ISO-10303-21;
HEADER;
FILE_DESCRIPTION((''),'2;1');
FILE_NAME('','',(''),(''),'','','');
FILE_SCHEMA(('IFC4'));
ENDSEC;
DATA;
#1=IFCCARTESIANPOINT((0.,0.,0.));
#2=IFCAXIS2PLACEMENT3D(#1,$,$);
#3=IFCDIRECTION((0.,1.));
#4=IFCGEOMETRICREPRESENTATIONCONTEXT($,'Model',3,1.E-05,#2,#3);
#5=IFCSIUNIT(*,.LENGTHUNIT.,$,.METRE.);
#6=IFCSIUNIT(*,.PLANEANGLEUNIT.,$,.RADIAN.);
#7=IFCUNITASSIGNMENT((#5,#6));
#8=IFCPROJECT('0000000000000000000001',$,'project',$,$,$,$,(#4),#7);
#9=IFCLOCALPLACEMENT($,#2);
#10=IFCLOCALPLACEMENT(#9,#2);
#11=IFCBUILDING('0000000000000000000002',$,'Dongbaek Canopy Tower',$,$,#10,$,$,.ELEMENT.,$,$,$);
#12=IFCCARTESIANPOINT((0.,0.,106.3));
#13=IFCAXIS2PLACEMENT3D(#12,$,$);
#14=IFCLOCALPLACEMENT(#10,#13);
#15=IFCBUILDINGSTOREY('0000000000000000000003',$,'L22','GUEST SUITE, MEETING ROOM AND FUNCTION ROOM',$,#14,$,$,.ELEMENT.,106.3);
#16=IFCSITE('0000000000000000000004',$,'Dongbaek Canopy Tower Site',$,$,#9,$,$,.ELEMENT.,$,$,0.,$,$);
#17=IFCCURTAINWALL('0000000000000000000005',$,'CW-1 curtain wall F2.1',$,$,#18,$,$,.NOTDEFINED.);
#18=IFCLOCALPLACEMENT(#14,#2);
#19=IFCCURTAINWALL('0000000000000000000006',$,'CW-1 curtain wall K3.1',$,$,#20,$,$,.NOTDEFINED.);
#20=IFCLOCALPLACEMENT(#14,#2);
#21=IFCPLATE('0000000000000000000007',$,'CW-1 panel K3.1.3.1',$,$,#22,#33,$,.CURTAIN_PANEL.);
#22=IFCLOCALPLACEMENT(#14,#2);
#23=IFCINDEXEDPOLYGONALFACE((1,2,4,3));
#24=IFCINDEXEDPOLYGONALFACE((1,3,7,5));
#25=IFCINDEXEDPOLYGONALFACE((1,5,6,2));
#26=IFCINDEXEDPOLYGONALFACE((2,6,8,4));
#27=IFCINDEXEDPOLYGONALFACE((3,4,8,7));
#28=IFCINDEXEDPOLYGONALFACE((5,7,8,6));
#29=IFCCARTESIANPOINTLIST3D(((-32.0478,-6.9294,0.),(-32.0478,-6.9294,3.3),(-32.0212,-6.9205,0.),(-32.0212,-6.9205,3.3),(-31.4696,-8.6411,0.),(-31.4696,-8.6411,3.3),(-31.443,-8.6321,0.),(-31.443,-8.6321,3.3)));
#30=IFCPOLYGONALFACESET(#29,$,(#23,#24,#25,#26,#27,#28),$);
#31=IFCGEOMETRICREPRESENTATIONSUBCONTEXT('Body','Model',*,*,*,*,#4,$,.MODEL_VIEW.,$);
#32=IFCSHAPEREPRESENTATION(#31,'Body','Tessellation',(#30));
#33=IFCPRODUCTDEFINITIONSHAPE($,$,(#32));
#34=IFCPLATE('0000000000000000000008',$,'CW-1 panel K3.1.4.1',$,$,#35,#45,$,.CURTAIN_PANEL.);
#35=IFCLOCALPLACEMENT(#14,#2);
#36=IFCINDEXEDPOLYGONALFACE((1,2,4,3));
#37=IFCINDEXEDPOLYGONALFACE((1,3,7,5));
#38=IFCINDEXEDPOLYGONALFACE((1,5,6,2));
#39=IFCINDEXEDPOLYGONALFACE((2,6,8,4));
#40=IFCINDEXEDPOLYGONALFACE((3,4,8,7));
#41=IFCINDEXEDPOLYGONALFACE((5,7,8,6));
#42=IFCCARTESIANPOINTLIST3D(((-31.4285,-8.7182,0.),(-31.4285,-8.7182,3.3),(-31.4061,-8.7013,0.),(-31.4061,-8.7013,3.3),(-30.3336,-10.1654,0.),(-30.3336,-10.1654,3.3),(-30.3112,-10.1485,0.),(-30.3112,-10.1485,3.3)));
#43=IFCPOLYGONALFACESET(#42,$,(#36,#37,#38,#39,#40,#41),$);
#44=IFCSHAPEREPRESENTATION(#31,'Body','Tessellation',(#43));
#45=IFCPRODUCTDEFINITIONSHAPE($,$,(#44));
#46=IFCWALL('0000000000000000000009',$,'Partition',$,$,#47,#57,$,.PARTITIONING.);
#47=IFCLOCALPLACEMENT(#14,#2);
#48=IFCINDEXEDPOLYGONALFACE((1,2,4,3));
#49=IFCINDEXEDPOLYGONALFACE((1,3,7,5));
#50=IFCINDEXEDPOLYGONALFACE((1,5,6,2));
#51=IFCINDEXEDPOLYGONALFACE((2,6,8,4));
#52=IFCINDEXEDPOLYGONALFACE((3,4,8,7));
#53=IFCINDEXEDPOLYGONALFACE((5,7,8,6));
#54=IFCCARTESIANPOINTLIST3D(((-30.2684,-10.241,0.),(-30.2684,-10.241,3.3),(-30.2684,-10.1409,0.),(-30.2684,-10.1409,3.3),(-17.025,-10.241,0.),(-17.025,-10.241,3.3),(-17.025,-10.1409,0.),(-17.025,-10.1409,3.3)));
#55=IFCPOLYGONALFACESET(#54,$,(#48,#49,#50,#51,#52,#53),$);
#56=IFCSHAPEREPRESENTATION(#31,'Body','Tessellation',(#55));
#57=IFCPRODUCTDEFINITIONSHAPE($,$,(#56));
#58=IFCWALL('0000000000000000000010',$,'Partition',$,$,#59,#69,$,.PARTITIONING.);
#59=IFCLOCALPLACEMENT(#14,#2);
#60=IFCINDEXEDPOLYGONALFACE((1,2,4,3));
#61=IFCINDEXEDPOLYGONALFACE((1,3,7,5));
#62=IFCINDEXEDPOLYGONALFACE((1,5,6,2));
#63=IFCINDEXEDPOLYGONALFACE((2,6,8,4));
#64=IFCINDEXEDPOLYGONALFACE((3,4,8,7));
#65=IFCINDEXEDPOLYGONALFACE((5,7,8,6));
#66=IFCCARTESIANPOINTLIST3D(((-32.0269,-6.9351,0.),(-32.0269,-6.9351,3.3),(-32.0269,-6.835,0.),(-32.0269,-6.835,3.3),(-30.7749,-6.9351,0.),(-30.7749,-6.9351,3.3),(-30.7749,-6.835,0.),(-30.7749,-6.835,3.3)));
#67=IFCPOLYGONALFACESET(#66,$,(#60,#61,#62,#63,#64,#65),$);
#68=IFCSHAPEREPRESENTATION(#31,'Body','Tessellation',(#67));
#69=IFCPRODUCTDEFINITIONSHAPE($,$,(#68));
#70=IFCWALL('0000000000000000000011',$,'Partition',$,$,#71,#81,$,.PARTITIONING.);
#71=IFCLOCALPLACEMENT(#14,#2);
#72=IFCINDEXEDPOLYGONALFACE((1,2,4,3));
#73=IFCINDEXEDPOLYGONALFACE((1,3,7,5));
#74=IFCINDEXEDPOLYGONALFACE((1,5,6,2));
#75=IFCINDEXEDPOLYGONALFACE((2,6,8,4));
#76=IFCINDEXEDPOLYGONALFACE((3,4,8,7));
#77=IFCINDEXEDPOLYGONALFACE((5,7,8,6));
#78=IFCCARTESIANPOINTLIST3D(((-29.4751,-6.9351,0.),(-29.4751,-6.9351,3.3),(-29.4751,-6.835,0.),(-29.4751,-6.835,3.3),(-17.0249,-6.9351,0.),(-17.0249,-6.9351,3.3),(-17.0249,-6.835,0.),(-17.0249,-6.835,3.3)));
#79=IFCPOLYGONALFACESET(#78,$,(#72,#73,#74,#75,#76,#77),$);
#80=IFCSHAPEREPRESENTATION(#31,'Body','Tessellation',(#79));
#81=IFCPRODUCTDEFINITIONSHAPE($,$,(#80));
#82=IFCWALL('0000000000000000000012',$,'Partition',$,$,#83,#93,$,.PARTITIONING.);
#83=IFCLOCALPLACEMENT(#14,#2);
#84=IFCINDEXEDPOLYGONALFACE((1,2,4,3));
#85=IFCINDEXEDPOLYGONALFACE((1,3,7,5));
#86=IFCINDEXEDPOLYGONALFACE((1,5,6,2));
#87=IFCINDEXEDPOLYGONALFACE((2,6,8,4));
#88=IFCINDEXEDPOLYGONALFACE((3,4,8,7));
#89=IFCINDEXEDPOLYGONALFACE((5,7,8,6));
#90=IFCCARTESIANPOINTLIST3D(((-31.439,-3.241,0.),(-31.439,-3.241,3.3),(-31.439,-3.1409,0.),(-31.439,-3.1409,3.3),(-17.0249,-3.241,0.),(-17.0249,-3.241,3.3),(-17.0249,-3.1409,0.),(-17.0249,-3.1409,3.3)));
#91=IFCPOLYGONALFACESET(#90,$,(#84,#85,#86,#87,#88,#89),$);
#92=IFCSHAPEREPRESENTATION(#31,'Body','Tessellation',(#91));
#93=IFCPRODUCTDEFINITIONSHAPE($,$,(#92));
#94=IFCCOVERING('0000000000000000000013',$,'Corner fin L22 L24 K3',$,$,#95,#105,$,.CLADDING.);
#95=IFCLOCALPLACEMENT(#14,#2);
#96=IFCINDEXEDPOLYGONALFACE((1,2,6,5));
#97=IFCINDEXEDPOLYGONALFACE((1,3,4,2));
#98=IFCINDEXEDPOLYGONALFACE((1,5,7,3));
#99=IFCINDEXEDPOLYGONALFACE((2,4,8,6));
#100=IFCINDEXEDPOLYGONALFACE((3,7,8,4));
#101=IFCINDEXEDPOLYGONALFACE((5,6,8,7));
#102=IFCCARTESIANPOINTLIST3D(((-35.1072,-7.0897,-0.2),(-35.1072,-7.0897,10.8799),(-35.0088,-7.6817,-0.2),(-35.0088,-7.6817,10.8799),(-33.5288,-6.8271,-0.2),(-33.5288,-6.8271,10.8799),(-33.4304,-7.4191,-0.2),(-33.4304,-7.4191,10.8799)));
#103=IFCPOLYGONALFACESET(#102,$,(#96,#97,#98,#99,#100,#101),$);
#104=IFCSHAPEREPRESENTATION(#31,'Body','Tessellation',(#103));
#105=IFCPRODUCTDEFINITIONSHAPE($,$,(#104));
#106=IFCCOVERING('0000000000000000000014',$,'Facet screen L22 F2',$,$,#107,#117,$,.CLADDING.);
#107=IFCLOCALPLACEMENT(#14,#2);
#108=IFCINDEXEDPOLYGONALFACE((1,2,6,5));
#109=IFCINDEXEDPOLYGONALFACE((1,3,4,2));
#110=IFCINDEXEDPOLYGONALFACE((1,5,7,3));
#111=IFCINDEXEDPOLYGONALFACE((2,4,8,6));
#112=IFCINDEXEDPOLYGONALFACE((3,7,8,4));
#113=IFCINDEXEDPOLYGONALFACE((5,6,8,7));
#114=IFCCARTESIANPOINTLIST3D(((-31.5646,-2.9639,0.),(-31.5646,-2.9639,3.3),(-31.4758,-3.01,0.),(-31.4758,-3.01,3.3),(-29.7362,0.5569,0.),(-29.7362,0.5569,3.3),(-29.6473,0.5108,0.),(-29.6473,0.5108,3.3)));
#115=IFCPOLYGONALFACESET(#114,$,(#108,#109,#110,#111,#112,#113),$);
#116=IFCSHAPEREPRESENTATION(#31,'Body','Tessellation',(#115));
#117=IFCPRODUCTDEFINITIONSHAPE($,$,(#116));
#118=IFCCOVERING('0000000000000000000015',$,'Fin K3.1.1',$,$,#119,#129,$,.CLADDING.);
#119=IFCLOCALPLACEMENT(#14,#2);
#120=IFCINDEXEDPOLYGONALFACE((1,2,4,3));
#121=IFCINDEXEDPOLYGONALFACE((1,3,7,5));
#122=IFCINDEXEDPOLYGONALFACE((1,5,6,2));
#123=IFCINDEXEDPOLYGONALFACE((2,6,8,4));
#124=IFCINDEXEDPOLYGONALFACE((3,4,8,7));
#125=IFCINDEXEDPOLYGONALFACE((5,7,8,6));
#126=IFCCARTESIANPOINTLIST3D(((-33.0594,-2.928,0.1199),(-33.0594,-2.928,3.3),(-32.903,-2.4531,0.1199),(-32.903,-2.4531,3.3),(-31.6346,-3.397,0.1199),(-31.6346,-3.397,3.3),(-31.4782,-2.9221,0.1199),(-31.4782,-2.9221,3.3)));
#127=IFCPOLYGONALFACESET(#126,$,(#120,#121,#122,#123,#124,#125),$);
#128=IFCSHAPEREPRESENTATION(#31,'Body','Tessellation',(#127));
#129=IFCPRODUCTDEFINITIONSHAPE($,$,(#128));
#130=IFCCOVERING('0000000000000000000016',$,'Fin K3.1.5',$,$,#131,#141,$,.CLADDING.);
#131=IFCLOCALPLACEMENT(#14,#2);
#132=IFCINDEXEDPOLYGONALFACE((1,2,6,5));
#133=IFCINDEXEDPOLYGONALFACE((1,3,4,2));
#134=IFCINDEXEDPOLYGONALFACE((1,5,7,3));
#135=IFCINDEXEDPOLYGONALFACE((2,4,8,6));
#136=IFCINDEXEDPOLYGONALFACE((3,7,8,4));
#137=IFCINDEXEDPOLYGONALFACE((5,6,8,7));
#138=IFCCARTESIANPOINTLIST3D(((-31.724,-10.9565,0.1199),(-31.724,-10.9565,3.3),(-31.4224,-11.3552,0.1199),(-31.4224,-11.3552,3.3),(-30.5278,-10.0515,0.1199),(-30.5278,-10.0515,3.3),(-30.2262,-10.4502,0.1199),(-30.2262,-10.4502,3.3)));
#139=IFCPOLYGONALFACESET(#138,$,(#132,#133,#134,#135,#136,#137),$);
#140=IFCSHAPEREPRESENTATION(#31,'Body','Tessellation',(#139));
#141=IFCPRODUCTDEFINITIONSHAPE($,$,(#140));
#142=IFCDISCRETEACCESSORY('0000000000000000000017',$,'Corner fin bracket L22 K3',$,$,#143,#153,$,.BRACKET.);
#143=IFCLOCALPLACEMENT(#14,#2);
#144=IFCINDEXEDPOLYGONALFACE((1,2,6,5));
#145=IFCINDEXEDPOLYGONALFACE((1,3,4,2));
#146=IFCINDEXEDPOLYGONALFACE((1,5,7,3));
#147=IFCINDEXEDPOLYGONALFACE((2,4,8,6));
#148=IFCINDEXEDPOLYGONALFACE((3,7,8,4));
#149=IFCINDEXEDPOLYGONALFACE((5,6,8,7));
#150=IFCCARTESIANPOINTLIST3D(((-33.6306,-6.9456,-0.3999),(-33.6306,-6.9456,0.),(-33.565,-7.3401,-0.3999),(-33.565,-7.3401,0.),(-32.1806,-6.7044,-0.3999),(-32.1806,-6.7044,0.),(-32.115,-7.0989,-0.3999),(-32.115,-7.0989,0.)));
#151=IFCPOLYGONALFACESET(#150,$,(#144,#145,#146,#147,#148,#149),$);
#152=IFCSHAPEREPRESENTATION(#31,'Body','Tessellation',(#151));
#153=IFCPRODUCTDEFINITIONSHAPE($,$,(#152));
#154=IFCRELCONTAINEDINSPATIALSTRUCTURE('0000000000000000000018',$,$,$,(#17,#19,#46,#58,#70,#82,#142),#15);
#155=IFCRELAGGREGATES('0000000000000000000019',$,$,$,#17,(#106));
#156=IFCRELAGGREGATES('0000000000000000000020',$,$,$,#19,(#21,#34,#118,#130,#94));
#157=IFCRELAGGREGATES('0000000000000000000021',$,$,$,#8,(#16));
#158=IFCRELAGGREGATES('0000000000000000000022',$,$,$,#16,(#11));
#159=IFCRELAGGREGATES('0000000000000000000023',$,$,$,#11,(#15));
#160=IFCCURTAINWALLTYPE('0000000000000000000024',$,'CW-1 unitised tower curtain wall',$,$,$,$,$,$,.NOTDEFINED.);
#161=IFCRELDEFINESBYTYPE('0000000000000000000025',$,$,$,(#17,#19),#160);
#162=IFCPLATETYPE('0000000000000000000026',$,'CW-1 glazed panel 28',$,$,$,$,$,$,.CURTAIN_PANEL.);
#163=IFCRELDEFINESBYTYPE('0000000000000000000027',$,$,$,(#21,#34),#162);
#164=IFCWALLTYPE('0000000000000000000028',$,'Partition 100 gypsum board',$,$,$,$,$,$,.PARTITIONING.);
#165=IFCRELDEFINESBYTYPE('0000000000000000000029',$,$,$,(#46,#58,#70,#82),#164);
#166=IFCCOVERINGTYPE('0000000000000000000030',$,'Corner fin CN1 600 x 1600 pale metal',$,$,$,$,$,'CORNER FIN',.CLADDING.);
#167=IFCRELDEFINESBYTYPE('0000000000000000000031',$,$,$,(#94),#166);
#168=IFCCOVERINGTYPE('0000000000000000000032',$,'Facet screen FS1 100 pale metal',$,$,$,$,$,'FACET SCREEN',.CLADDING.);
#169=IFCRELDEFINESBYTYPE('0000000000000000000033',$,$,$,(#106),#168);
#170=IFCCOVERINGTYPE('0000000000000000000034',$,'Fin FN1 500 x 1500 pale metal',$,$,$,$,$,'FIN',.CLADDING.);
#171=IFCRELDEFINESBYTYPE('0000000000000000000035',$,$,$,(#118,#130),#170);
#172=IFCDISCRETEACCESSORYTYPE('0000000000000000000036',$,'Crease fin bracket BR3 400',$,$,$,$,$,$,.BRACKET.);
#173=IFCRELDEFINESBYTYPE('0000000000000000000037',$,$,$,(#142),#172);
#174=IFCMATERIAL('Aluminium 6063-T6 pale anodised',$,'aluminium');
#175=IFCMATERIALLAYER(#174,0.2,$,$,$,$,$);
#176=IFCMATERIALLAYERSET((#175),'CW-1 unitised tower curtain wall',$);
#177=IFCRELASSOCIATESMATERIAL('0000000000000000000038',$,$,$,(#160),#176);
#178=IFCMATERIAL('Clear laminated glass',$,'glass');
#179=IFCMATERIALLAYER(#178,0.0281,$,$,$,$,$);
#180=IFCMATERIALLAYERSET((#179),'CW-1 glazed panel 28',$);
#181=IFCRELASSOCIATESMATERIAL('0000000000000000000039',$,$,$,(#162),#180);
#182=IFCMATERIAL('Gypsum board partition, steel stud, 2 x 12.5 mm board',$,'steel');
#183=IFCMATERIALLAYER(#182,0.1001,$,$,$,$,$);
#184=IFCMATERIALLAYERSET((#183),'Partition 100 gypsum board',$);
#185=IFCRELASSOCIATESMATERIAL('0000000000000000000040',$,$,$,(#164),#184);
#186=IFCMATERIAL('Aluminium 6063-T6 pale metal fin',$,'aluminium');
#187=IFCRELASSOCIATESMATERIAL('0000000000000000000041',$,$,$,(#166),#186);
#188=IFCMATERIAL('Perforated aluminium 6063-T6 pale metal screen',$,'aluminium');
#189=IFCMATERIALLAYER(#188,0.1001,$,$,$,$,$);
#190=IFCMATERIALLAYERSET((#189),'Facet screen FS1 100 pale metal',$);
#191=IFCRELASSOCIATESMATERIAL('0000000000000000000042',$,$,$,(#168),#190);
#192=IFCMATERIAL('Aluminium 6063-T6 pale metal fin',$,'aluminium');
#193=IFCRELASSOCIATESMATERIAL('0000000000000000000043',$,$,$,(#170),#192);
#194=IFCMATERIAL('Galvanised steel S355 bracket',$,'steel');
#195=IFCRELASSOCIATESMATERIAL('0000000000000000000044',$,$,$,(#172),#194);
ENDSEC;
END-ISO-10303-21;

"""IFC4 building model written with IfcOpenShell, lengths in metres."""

from ifc_helpers import new_model, si_unit, direction, frame, frame_2d, origin, origin_2d, place, context, subcontext, project, spatial, rectangle, extrude, material, layer, layer_set, material_profile, profile_set, type_object, element, aggregate, save


model = new_model("IFC4")

# Units and contexts
model_context = context("Model", 3, precision=1e-05, world=origin(), true_north=direction((0.0, 1.0)))
body_context = subcontext(model_context, "Body", "Model", "MODEL_VIEW")
ifc_project = project(units=[si_unit("LENGTHUNIT", "METRE"), si_unit("PLANEANGLEUNIT", "RADIAN")], contexts=[model_context])

# Site, building, storey
site_placement = place(None, origin())
site = spatial("IfcSite", under=ifc_project, at=site_placement, Name="Dongbaek Canopy Tower Site", CompositionType="ELEMENT", RefElevation=0.0)
building_placement = place(site_placement, origin())
building = spatial("IfcBuilding", under=site, at=building_placement, Name="Dongbaek Canopy Tower", CompositionType="ELEMENT")
storey_placement = place(building_placement, frame((0.0, 0.0, 106.3)))
storey = spatial("IfcBuildingStorey", under=building, at=storey_placement, Name="L22", Description="GUEST SUITE, MEETING ROOM AND FUNCTION ROOM", CompositionType="ELEMENT", Elevation=106.3)

# Curtain wall
ifc_material_1 = material(Name="Aluminium 6063-T6 pale anodised", Category="aluminium")
ifc_layer_1 = layer(ifc_material_1, 0.2)
ifc_layer_set_1 = layer_set([ifc_layer_1], Name="CW-1 unitised tower curtain wall")
curtain_wall_type = type_object("IfcCurtainWallType", Name="CW-1 unitised tower curtain wall", PredefinedType="NOTDEFINED", material=ifc_layer_set_1)
curtain_wall_1_placement = place(storey_placement, origin())
curtain_wall_1 = element("IfcCurtainWall", 1, at=curtain_wall_1_placement, inside=storey, type_object=curtain_wall_type, Name="CW-1 curtain wall F2.1", PredefinedType="NOTDEFINED")

# Curtain wall
curtain_wall_2_placement = place(storey_placement, origin())
curtain_wall_2 = element("IfcCurtainWall", 2, at=curtain_wall_2_placement, inside=storey, type_object=curtain_wall_type, Name="CW-1 curtain wall K3.1", PredefinedType="NOTDEFINED")

# Plates
ifc_material_2 = material(Name="Clear laminated glass", Category="glass")
ifc_layer_2 = layer(ifc_material_2, 0.0281)
ifc_layer_set_2 = layer_set([ifc_layer_2], Name="CW-1 glazed panel 28")
plate_type = type_object("IfcPlateType", Name="CW-1 glazed panel 28", PredefinedType="CURTAIN_PANEL", material=ifc_layer_set_2)
plate_1_placement = place(storey_placement, frame((-31.7454, -7.7808, 0.0), z_axis=(0.0, 0.0, 1.0), x_axis=(0.320048, -0.947401, 0.0)))
plate_1 = element("IfcPlate", 3, at=plate_1_placement, type_object=plate_type, Name="CW-1 panel K3.1.3.1", PredefinedType="CURTAIN_PANEL", context=body_context, shape_type="SweptSolid", body=[
    extrude(rectangle(XDim=1.8066, YDim=0.0281, at=origin_2d()), origin(), (0.0, 0.0, 1.0), 3.3),
])
plate_2_placement = place(storey_placement, frame((-30.8699, -9.4333, 0.0), z_axis=(0.0, 0.0, 1.0), x_axis=(0.603344, -0.797481, 0.0)))
plate_2 = element("IfcPlate", 4, at=plate_2_placement, type_object=plate_type, Name="CW-1 panel K3.1.4.1", PredefinedType="CURTAIN_PANEL", context=body_context, shape_type="SweptSolid", body=[
    extrude(rectangle(XDim=1.8147, YDim=0.0281, at=origin_2d()), origin(), (0.0, 0.0, 1.0), 3.3),
])

# Walls
ifc_material_3 = material(Name="Gypsum board partition, steel stud, 2 x 12.5 mm board", Category="steel")
ifc_layer_3 = layer(ifc_material_3, 0.1001)
ifc_layer_set_3 = layer_set([ifc_layer_3], Name="Partition 100 gypsum board")
wall_type = type_object("IfcWallType", Name="Partition 100 gypsum board", PredefinedType="PARTITIONING", material=ifc_layer_set_3)
wall_1_placement = place(storey_placement, frame((-30.2683, -10.1909, 0.0), z_axis=(0.0, 0.0, 1.0), x_axis=(1.0, 0.0, 0.0)))
element("IfcWall", 5, at=wall_1_placement, inside=storey, type_object=wall_type, Name="Partition", PredefinedType="PARTITIONING", context=body_context, shape_type="SweptSolid", body=[
    extrude(rectangle(XDim=13.2434, YDim=0.1001, at=frame_2d((6.6216, 0.0))), origin(), (0.0, 0.0, 1.0), 3.3),
])
wall_2_placement = place(storey_placement, frame((-32.0269, -6.885, 0.0), z_axis=(0.0, 0.0, 1.0), x_axis=(1.0, 0.0, 0.0)))
element("IfcWall", 6, at=wall_2_placement, inside=storey, type_object=wall_type, Name="Partition", PredefinedType="PARTITIONING", context=body_context, shape_type="SweptSolid", body=[
    extrude(rectangle(XDim=1.252, YDim=0.1001, at=frame_2d((0.626, 0.0))), origin(), (0.0, 0.0, 1.0), 3.3),
])
wall_3_placement = place(storey_placement, frame((-29.4751, -6.885, 0.0), z_axis=(0.0, 0.0, 1.0), x_axis=(1.0, 0.0, 0.0)))
element("IfcWall", 7, at=wall_3_placement, inside=storey, type_object=wall_type, Name="Partition", PredefinedType="PARTITIONING", context=body_context, shape_type="SweptSolid", body=[
    extrude(rectangle(XDim=12.4502, YDim=0.1001, at=frame_2d((6.2251, 0.0))), origin(), (0.0, 0.0, 1.0), 3.3),
])
wall_4_placement = place(storey_placement, frame((-31.439, -3.1909, 0.0), z_axis=(0.0, 0.0, 1.0), x_axis=(1.0, 0.0, 0.0)))
element("IfcWall", 8, at=wall_4_placement, inside=storey, type_object=wall_type, Name="Partition", PredefinedType="PARTITIONING", context=body_context, shape_type="SweptSolid", body=[
    extrude(rectangle(XDim=14.4141, YDim=0.1001, at=frame_2d((7.207, 0.0))), origin(), (0.0, 0.0, 1.0), 3.3),
])

# Coverings
ifc_material_4 = material(Name="Aluminium 6063-T6 pale metal fin", Category="aluminium")
ifc_material_profile_1 = material_profile(ifc_material_4, rectangle(XDim=1.6001, YDim=0.6001, at=origin_2d()), Name="Corner fin CN1 600 x 1600 pale metal")
ifc_profile_set_1 = profile_set([ifc_material_profile_1], Name="Aluminium 6063-T6 pale metal fin")
covering_type_1 = type_object("IfcCoveringType", Name="Corner fin CN1 600 x 1600 pale metal", ElementType="CORNER FIN", PredefinedType="CLADDING", material=ifc_profile_set_1)
covering_1_placement = place(storey_placement, frame((-34.2688, -7.2544, -0.2), z_axis=(0.0, 0.0, 1.0), x_axis=(-0.986447, -0.164082, 0.0)))
covering_1 = element("IfcCovering", 9, at=covering_1_placement, type_object=covering_type_1, Name="Corner fin L22 L24 K3", PredefinedType="CLADDING", context=body_context, shape_type="SweptSolid", body=[
    extrude(rectangle(XDim=1.6001, YDim=0.6001, at=origin_2d()), origin(), (0.0, 0.0, 1.0), 11.0798),
])
ifc_material_5 = material(Name="Perforated aluminium 6063-T6 pale metal screen", Category="aluminium")
ifc_layer_4 = layer(ifc_material_5, 0.1001)
ifc_layer_set_4 = layer_set([ifc_layer_4], Name="Facet screen FS1 100 pale metal")
covering_type_2 = type_object("IfcCoveringType", Name="Facet screen FS1 100 pale metal", ElementType="FACET SCREEN", PredefinedType="CLADDING", material=ifc_layer_set_4)
covering_2_placement = place(storey_placement, frame((-30.606, -1.2266, 0.0), z_axis=(0.0, 0.0, 1.0), x_axis=(-0.46088, -0.887463, 0.0)))
covering_2 = element("IfcCovering", 10, at=covering_2_placement, type_object=covering_type_2, Name="Facet screen L22 F2", PredefinedType="CLADDING", context=body_context, shape_type="SweptSolid", body=[
    extrude(rectangle(XDim=3.9673, YDim=0.1001, at=origin_2d()), origin(), (0.0, 0.0, 1.0), 3.3),
])
aggregate(curtain_wall_1, [covering_2])
ifc_material_6 = material(Name="Aluminium 6063-T6 pale metal fin", Category="aluminium")
ifc_material_profile_2 = material_profile(ifc_material_6, rectangle(XDim=1.5, YDim=0.5, at=origin_2d()), Name="Fin FN1 500 x 1500 pale metal")
ifc_profile_set_2 = profile_set([ifc_material_profile_2], Name="Aluminium 6063-T6 pale metal fin")
covering_type_3 = type_object("IfcCoveringType", Name="Fin FN1 500 x 1500 pale metal", ElementType="FIN", PredefinedType="CLADDING", material=ifc_profile_set_2)
covering_3_placement = place(storey_placement, frame((-32.2688, -2.925, 0.1199), z_axis=(0.0, 0.0, 1.0), x_axis=(-0.949852, 0.312699, 0.0)))
covering_3 = element("IfcCovering", 11, at=covering_3_placement, type_object=covering_type_3, Name="Fin K3.1.1", PredefinedType="CLADDING", context=body_context, shape_type="SweptSolid", body=[
    extrude(rectangle(XDim=1.5, YDim=0.5, at=origin_2d()), origin(), (0.0, 0.0, 1.0), 3.1802),
])
covering_4_placement = place(storey_placement, frame((-30.9751, -10.7034, 0.1199), z_axis=(0.0, 0.0, 1.0), x_axis=(-0.797481, -0.603344, 0.0)))
covering_4 = element("IfcCovering", 12, at=covering_4_placement, type_object=covering_type_3, Name="Fin K3.1.5", PredefinedType="CLADDING", context=body_context, shape_type="SweptSolid", body=[
    extrude(rectangle(XDim=1.5, YDim=0.5, at=origin_2d()), origin(), (0.0, 0.0, 1.0), 3.1802),
])
aggregate(curtain_wall_2, [plate_1, plate_2, covering_3, covering_4, covering_1])

# Discrete accessory
ifc_material_7 = material(Name="Galvanised steel S355 bracket", Category="steel")
discrete_accessory_type = type_object("IfcDiscreteAccessoryType", Name="Crease fin bracket BR3 400", PredefinedType="BRACKET", material=ifc_material_7)
discrete_accessory_placement = place(storey_placement, frame((-32.8728, -7.0222, -0.3999), z_axis=(0.0, 0.0, 1.0), x_axis=(-0.986447, -0.164082, 0.0)))
element("IfcDiscreteAccessory", 13, at=discrete_accessory_placement, inside=storey, type_object=discrete_accessory_type, Name="Corner fin bracket L22 K3", PredefinedType="BRACKET", context=body_context, shape_type="SweptSolid", body=[
    extrude(rectangle(XDim=1.47, YDim=0.3999, at=origin_2d()), origin(), (0.0, 0.0, 1.0), 0.3999),
])

save(model, "model.ifc")
